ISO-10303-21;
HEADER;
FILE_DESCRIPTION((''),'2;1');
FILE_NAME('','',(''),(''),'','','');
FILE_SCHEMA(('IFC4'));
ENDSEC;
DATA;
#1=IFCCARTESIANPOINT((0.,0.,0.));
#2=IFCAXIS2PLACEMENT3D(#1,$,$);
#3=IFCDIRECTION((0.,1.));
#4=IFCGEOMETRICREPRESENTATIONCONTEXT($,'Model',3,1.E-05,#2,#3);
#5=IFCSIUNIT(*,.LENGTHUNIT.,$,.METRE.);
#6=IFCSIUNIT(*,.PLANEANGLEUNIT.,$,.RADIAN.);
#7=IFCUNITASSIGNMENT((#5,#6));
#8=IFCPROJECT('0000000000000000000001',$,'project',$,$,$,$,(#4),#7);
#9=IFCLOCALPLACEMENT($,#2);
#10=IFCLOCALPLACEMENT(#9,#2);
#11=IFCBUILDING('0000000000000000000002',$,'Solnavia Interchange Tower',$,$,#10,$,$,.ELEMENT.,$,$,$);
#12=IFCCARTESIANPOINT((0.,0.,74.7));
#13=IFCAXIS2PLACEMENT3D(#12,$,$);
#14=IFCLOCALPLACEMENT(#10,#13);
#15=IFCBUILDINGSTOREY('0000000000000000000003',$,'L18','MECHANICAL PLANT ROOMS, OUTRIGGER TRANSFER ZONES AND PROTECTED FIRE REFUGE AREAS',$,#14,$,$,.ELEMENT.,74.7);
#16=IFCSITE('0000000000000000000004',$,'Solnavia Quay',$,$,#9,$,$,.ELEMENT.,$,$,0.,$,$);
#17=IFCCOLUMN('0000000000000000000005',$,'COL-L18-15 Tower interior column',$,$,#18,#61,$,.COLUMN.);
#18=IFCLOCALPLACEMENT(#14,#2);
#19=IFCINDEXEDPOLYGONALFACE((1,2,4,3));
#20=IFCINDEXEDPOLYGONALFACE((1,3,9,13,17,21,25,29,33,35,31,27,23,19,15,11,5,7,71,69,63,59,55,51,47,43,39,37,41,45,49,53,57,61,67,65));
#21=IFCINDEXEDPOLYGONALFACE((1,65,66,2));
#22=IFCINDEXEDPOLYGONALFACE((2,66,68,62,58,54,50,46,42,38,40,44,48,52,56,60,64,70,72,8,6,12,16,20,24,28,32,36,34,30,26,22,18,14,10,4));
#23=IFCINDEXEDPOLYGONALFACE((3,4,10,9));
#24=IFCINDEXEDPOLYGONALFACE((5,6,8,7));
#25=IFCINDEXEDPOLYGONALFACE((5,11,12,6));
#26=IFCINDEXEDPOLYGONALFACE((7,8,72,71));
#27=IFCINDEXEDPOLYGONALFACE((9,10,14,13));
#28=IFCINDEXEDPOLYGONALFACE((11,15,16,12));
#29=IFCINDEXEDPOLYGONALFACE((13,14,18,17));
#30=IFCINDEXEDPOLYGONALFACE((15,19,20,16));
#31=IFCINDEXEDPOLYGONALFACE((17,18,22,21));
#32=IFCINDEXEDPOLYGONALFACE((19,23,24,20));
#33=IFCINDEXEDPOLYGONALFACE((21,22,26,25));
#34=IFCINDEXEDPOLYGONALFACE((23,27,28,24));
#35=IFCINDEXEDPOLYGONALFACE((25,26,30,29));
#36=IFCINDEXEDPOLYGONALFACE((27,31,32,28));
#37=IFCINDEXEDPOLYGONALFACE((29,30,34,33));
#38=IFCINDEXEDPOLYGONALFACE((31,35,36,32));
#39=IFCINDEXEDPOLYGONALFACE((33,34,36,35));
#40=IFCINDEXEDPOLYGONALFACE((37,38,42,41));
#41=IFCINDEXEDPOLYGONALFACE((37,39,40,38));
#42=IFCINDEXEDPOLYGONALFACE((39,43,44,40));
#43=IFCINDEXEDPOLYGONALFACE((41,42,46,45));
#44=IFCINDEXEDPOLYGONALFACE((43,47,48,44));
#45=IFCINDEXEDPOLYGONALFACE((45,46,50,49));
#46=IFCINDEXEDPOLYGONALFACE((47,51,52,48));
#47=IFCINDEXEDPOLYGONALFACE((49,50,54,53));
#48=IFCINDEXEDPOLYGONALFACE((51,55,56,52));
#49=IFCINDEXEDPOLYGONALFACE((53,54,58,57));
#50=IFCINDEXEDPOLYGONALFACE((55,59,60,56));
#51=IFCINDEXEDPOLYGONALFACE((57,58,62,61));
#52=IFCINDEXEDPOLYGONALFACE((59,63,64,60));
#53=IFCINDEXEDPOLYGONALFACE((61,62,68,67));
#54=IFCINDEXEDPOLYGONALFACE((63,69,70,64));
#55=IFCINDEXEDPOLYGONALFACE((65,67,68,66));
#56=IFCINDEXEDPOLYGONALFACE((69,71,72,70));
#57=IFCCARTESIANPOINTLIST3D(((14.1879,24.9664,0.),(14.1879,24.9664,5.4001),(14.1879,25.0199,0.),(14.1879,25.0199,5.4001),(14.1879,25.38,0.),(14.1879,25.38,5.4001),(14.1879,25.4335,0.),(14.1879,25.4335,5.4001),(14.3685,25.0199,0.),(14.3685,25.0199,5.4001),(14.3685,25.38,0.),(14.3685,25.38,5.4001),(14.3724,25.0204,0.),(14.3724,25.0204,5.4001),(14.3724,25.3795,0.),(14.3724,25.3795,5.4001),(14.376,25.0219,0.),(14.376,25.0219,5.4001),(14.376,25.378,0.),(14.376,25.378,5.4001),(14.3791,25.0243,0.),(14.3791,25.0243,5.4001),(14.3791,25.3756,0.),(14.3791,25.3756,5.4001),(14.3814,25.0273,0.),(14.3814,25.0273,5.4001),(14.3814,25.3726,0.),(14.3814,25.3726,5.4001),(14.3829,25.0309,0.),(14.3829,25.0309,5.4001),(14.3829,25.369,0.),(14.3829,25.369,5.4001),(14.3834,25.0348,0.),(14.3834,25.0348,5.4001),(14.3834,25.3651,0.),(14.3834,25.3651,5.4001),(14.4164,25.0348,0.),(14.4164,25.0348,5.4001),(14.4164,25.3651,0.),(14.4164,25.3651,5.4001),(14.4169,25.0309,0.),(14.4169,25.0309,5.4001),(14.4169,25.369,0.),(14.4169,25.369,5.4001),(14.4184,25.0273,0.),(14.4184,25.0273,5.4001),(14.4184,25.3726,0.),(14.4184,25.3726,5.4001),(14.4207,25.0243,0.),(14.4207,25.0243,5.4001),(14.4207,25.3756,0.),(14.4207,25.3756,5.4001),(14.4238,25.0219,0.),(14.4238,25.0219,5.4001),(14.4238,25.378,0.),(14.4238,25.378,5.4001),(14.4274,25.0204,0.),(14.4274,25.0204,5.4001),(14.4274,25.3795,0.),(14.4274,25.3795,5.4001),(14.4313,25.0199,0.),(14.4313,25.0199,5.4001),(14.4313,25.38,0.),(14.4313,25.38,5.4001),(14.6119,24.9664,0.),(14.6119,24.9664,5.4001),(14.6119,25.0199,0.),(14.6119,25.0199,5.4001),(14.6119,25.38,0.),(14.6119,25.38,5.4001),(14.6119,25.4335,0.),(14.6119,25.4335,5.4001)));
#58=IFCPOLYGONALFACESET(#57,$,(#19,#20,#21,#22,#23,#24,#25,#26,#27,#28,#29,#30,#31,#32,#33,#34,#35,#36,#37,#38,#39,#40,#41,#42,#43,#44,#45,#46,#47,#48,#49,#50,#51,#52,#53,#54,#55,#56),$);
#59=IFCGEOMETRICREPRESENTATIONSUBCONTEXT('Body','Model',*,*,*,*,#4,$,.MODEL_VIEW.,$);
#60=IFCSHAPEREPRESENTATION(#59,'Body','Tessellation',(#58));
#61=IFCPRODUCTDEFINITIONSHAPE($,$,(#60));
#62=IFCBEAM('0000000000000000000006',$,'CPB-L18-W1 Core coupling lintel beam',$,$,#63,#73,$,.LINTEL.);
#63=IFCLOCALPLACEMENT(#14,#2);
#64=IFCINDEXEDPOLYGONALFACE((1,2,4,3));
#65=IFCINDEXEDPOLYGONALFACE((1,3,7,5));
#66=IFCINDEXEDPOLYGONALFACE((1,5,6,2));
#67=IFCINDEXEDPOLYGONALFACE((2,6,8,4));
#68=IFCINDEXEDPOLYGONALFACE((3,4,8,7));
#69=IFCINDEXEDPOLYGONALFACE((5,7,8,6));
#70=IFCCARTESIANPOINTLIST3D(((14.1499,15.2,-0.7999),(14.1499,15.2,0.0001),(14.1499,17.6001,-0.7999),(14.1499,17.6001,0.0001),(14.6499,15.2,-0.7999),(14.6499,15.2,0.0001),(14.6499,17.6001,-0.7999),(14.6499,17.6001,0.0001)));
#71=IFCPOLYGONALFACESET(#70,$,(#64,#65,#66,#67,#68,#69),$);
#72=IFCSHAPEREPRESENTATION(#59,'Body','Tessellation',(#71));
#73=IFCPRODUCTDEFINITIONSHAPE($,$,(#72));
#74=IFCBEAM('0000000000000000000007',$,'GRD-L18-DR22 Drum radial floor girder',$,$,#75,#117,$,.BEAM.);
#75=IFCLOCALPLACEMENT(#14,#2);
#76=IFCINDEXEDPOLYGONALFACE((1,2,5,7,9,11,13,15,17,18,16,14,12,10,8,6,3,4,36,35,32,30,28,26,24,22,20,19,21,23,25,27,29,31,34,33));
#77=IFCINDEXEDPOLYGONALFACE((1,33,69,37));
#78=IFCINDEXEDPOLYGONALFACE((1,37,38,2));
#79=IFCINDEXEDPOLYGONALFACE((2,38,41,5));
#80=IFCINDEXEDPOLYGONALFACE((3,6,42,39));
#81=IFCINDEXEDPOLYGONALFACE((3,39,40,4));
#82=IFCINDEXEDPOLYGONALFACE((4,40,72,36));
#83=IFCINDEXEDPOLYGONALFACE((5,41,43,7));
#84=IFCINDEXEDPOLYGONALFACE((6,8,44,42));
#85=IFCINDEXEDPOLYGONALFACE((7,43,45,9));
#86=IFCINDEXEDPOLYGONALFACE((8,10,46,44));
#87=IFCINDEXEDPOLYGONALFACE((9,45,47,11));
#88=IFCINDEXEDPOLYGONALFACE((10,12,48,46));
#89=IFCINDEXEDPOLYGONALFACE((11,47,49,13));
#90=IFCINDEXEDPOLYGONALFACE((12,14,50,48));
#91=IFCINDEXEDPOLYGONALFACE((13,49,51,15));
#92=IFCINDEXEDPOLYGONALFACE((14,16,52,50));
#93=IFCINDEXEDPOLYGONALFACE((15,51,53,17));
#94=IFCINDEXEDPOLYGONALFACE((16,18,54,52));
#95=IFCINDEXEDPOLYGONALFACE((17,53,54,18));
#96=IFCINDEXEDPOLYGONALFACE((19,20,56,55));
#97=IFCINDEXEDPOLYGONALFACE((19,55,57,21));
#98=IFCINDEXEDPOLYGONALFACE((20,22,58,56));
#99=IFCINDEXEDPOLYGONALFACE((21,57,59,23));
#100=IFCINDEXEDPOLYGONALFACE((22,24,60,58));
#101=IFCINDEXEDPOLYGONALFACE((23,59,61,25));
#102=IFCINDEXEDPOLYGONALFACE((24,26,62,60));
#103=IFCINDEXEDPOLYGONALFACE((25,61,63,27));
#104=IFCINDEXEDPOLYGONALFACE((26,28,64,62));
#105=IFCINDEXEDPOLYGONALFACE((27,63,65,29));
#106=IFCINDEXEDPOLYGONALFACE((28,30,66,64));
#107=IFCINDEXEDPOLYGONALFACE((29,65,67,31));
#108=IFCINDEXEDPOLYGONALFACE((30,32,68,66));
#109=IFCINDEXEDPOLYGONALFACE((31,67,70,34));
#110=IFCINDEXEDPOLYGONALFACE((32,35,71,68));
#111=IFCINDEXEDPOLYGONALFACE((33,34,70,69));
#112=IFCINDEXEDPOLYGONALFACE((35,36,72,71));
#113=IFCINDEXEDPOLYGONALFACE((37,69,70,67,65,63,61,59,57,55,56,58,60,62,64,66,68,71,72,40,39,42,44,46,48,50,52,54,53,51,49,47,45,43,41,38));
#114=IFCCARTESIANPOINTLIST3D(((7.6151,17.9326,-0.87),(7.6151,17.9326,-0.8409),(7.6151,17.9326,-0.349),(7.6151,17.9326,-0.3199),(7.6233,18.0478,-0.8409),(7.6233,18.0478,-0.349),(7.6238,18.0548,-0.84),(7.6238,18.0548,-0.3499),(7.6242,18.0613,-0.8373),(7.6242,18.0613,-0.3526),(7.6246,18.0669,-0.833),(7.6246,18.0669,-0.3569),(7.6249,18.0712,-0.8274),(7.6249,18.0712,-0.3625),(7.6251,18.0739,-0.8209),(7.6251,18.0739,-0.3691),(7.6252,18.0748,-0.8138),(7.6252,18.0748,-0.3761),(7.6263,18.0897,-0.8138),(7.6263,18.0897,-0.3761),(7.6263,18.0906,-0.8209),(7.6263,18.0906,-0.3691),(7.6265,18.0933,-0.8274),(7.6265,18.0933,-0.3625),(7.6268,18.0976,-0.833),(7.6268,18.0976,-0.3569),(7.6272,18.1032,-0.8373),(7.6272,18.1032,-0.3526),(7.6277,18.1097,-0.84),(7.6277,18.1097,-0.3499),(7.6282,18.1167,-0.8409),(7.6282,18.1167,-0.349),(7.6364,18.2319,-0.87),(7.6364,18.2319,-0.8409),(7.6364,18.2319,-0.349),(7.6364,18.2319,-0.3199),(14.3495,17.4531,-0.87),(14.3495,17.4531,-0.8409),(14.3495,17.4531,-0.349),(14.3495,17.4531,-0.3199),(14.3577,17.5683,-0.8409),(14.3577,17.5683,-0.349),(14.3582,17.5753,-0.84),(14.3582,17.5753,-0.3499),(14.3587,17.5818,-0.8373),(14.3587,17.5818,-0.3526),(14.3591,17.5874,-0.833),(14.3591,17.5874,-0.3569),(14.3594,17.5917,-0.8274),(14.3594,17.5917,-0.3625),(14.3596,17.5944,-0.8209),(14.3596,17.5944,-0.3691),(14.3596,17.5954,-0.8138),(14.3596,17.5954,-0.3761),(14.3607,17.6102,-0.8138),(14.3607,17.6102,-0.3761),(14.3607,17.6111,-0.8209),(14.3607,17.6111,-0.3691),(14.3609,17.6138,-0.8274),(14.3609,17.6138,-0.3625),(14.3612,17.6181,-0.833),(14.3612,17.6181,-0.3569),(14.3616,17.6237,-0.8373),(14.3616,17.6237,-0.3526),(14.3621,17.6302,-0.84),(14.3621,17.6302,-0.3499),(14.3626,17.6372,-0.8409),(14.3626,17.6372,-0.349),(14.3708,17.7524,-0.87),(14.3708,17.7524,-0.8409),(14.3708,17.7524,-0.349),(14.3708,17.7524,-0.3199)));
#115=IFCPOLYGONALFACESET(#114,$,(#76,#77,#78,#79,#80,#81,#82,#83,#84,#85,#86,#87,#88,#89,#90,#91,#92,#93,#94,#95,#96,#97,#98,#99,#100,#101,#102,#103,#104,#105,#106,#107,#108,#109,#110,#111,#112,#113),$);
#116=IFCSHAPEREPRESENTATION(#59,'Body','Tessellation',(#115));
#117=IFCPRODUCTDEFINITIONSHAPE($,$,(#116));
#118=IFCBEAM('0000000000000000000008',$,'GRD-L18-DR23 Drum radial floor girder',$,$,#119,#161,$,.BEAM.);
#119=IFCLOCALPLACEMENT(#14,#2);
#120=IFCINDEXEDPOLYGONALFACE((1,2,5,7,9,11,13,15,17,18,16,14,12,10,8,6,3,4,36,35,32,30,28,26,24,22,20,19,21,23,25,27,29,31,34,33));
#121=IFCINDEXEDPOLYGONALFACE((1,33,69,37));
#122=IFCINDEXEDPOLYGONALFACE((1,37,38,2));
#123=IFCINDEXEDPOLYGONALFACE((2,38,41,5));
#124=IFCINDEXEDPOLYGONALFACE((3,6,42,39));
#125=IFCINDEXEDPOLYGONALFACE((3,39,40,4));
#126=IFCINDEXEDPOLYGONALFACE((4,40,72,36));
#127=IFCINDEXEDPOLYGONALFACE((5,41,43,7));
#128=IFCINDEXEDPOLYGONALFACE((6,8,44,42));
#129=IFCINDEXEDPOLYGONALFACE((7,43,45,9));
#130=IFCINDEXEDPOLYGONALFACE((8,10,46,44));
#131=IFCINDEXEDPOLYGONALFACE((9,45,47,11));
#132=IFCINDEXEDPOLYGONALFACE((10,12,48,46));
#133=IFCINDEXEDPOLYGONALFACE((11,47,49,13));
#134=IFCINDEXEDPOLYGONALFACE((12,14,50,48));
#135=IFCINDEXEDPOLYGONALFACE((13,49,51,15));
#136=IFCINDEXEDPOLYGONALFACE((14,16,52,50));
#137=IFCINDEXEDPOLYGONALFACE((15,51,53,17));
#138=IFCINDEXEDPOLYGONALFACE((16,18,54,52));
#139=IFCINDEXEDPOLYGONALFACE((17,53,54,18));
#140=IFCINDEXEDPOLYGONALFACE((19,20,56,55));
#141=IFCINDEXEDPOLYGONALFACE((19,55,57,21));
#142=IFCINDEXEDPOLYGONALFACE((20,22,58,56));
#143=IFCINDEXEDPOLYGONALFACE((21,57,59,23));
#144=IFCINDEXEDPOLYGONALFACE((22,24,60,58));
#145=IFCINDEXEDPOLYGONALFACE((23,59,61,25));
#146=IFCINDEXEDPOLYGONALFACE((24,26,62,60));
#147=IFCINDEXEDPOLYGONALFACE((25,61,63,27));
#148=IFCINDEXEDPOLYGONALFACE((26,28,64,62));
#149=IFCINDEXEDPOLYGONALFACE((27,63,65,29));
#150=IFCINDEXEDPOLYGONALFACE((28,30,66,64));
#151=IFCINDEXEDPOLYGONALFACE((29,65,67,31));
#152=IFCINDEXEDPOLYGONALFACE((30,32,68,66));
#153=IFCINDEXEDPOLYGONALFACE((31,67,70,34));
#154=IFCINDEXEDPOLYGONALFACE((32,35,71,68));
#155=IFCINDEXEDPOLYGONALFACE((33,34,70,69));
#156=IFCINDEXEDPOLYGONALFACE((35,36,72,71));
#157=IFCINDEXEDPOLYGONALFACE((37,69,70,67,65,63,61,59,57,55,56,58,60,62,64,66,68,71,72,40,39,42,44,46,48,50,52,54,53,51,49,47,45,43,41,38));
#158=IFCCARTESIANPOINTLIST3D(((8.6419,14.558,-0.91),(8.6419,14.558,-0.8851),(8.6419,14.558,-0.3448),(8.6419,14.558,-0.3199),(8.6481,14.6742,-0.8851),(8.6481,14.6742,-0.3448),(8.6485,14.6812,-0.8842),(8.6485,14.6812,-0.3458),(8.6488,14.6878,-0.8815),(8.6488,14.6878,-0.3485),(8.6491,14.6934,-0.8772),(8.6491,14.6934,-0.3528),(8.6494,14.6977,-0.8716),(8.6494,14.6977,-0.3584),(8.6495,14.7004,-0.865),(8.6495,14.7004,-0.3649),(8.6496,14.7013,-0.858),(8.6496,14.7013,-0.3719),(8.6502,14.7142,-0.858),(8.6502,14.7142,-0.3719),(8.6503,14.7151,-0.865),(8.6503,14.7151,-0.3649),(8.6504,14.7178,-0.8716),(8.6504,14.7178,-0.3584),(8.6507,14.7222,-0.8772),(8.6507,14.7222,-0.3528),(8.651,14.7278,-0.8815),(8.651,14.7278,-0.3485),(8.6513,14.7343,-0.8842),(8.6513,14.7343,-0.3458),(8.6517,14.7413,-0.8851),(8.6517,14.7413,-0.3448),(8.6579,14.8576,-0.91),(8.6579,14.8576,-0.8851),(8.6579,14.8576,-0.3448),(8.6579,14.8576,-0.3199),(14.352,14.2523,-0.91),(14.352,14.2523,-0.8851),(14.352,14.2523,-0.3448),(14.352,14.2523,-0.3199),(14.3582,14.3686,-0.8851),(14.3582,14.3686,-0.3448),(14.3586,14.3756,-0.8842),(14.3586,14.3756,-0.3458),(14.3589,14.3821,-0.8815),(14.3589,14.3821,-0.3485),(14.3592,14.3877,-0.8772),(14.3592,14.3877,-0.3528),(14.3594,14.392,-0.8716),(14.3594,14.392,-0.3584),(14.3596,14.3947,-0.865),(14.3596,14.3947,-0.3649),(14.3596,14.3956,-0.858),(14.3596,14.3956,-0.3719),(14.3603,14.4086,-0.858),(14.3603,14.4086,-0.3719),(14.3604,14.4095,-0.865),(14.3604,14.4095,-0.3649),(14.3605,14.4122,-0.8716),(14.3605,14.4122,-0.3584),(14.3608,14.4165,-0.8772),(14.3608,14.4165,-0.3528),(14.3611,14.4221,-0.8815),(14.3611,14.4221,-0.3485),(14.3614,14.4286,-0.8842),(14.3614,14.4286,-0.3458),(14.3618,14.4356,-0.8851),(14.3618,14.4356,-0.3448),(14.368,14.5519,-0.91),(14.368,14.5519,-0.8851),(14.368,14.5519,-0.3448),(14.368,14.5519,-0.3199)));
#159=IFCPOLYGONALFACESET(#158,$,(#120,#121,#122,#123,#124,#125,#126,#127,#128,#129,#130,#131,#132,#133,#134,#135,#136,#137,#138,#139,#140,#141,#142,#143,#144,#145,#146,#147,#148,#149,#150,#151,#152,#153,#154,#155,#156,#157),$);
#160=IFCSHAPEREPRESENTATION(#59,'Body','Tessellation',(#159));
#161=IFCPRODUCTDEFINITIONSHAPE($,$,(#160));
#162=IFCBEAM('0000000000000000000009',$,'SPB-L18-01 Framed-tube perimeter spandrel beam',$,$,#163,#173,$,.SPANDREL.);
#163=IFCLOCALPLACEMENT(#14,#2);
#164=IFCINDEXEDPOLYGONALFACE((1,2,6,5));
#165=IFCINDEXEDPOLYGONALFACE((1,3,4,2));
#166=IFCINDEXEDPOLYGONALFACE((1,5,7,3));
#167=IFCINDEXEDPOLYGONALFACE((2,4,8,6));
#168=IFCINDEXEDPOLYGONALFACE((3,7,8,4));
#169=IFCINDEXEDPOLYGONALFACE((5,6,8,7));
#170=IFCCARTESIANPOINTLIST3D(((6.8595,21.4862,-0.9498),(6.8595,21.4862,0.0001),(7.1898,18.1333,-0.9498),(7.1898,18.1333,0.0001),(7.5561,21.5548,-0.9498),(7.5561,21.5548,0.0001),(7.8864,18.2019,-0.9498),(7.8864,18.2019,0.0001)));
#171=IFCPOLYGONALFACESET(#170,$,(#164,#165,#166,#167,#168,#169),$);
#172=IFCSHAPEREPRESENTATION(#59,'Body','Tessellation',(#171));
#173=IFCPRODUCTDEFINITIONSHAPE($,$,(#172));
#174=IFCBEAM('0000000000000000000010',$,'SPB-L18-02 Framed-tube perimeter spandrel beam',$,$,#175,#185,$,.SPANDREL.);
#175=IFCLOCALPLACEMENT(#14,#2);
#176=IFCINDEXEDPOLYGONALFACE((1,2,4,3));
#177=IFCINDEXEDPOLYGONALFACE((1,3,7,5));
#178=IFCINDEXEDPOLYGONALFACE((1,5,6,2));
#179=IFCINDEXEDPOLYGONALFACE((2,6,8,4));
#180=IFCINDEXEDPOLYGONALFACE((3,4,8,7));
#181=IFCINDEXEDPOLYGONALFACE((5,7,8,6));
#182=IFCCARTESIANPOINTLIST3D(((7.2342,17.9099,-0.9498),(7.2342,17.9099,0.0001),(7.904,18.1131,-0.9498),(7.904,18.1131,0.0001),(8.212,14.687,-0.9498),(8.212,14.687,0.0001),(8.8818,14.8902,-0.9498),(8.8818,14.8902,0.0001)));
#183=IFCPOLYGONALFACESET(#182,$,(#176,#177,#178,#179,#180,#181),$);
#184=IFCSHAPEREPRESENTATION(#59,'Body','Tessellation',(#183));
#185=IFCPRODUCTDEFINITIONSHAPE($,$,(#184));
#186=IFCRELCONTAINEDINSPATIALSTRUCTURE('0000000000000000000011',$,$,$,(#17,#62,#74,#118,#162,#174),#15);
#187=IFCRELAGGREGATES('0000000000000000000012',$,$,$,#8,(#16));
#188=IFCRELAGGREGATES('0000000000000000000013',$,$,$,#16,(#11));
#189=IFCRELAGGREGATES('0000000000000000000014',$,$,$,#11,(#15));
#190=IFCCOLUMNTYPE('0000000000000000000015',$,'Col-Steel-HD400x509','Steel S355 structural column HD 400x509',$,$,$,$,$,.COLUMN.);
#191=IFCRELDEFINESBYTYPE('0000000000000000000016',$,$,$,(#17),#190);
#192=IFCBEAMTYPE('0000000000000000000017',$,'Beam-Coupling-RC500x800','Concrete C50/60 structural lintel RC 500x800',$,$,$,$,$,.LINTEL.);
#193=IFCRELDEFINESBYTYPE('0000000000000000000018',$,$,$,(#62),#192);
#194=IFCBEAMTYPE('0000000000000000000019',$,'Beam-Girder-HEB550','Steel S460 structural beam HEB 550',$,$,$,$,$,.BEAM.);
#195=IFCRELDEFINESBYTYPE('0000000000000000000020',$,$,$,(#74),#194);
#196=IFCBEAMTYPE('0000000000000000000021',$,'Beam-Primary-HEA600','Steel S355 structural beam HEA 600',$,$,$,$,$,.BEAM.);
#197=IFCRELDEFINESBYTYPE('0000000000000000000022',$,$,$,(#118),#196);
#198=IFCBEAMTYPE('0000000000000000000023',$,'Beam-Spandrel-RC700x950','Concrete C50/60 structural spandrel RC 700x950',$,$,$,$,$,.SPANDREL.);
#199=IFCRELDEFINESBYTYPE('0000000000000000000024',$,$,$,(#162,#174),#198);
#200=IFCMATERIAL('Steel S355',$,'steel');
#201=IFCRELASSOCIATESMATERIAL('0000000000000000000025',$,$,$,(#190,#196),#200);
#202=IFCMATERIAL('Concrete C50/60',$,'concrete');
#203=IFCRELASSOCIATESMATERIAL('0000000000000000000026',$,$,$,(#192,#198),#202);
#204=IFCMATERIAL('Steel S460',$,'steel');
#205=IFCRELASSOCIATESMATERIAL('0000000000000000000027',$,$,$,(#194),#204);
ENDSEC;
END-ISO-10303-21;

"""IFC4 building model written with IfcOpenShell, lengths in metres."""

from ifc_helpers import new_model, si_unit, direction, frame, origin, origin_2d, place, context, subcontext, project, spatial, rectangle, i_section, extrude, material, material_profile, profile_set, type_object, element, save


model = new_model("IFC4")

# Units and contexts
model_context = context("Model", 3, precision=1e-05, world=origin(), true_north=direction((0.0, 1.0)))
body_context = subcontext(model_context, "Body", "Model", "MODEL_VIEW")
ifc_project = project(units=[si_unit("LENGTHUNIT", "METRE"), si_unit("PLANEANGLEUNIT", "RADIAN")], contexts=[model_context])

# Site, building, storey
site_placement = place(None, origin())
site = spatial("IfcSite", under=ifc_project, at=site_placement, Name="Solnavia Quay", CompositionType="ELEMENT", RefElevation=0.0)
building_placement = place(site_placement, origin())
building = spatial("IfcBuilding", under=site, at=building_placement, Name="Solnavia Interchange Tower", CompositionType="ELEMENT")
storey_placement = place(building_placement, frame((0.0, 0.0, 74.7)))
storey = spatial("IfcBuildingStorey", under=building, at=storey_placement, Name="L18", Description="MECHANICAL PLANT ROOMS, OUTRIGGER TRANSFER ZONES AND PROTECTED FIRE REFUGE AREAS", CompositionType="ELEMENT", Elevation=74.7)

# Column
ifc_material_1 = material(Name="Steel S355", Category="steel")
ifc_material_profile_1 = material_profile(ifc_material_1, i_section(OverallWidth=0.4241, OverallDepth=0.467, WebThickness=0.033, FlangeThickness=0.0535, FilletRadius=0.0149, at=origin_2d()), Name="HD 400x509")
ifc_profile_set_1 = profile_set([ifc_material_profile_1], Name="Steel S355")
column_type_1 = type_object("IfcColumnType", Name="Col-Steel-HD400x509", Description="Steel S355 structural column HD 400x509", PredefinedType="COLUMN", material=ifc_profile_set_1)
column_1_placement = place(storey_placement, frame((14.3999, 25.2, 0.0), z_axis=(0.0, 0.0, 1.0), x_axis=(1.0, 0.0, 0.0)))
element("IfcColumn", 1, at=column_1_placement, inside=storey, type_object=column_type_1, Name="COL-L18-15 Tower interior column", PredefinedType="COLUMN", context=body_context, shape_type="SweptSolid", body=[
    extrude(i_section(OverallWidth=0.4241, OverallDepth=0.467, WebThickness=0.033, FlangeThickness=0.0535, FilletRadius=0.0149, at=origin_2d()), origin(), (0.0, 0.0, 1.0), 5.4001),
])

# Beams
ifc_material_2 = material(Name="Concrete C50/60", Category="concrete")
ifc_material_profile_2 = material_profile(ifc_material_2, rectangle(XDim=0.5, YDim=0.8, at=origin_2d()), Name="RC 500x800")
ifc_profile_set_2 = profile_set([ifc_material_profile_2], Name="Concrete C50/60")
beam_type_1 = type_object("IfcBeamType", Name="Beam-Coupling-RC500x800", Description="Concrete C50/60 structural lintel RC 500x800", PredefinedType="LINTEL", material=ifc_profile_set_2)
beam_1_placement = place(storey_placement, frame((14.3999, 15.2, -0.3999), z_axis=(0.0, 1.0, 0.0), x_axis=(-1.0, 0.0, 0.0)))
element("IfcBeam", 2, at=beam_1_placement, inside=storey, type_object=beam_type_1, Name="CPB-L18-W1 Core coupling lintel beam", PredefinedType="LINTEL", context=body_context, shape_type="SweptSolid", body=[
    extrude(rectangle(XDim=0.5, YDim=0.8, at=origin_2d()), origin(), (0.0, 0.0, 1.0), 2.4001),
])
ifc_material_3 = material(Name="Steel S460", Category="steel")
ifc_material_profile_3 = material_profile(ifc_material_3, i_section(OverallWidth=0.3, OverallDepth=0.55, WebThickness=0.0149, FlangeThickness=0.0291, FilletRadius=0.0271, at=origin_2d()), Name="HEB 550")
ifc_profile_set_3 = profile_set([ifc_material_profile_3], Name="Steel S460")
beam_type_2 = type_object("IfcBeamType", Name="Beam-Girder-HEB550", Description="Steel S460 structural beam HEB 550", PredefinedType="BEAM", material=ifc_profile_set_3)
beam_2_placement = place(storey_placement, frame((7.6257, 18.0823, -0.595), z_axis=(0.997475, -0.071021, 0.0), x_axis=(0.071021, 0.997475, 0.0)))
element("IfcBeam", 3, at=beam_2_placement, inside=storey, type_object=beam_type_2, Name="GRD-L18-DR22 Drum radial floor girder", PredefinedType="BEAM", context=body_context, shape_type="SweptSolid", body=[
    extrude(i_section(OverallWidth=0.3, OverallDepth=0.55, WebThickness=0.0149, FlangeThickness=0.0291, FilletRadius=0.0271, at=origin_2d()), origin(), (0.0, 0.0, 1.0), 6.7515),
])
ifc_material_profile_4 = material_profile(ifc_material_1, i_section(OverallWidth=0.3, OverallDepth=0.5901, WebThickness=0.0129, FlangeThickness=0.0249, FilletRadius=0.0271, at=origin_2d()), Name="HEA 600")
ifc_profile_set_4 = profile_set([ifc_material_profile_4], Name="Steel S355")
beam_type_3 = type_object("IfcBeamType", Name="Beam-Primary-HEA600", Description="Steel S355 structural beam HEA 600", PredefinedType="BEAM", material=ifc_profile_set_4)
beam_3_placement = place(storey_placement, frame((8.6499, 14.7078, -0.615), z_axis=(0.99857, -0.053453, 0.0), x_axis=(0.053453, 0.99857, 0.0)))
element("IfcBeam", 4, at=beam_3_placement, inside=storey, type_object=beam_type_3, Name="GRD-L18-DR23 Drum radial floor girder", PredefinedType="BEAM", context=body_context, shape_type="SweptSolid", body=[
    extrude(i_section(OverallWidth=0.3, OverallDepth=0.5901, WebThickness=0.0129, FlangeThickness=0.0249, FilletRadius=0.0271, at=origin_2d()), origin(), (0.0, 0.0, 1.0), 5.7183),
])
ifc_material_profile_5 = material_profile(ifc_material_2, rectangle(XDim=0.7, YDim=0.95, at=origin_2d()), Name="RC 700x950")
ifc_profile_set_5 = profile_set([ifc_material_profile_5], Name="Concrete C50/60")
beam_type_4 = type_object("IfcBeamType", Name="Beam-Spandrel-RC700x950", Description="Concrete C50/60 structural spandrel RC 700x950", PredefinedType="SPANDREL", material=ifc_profile_set_5)
beam_4_placement = place(storey_placement, frame((7.2078, 21.5205, -0.4749), z_axis=(0.09804, -0.995182, 0.0), x_axis=(0.995182, 0.09804, 0.0)))
element("IfcBeam", 5, at=beam_4_placement, inside=storey, type_object=beam_type_4, Name="SPB-L18-01 Framed-tube perimeter spandrel beam", PredefinedType="SPANDREL", context=body_context, shape_type="SweptSolid", body=[
    extrude(rectangle(XDim=0.7, YDim=0.95, at=origin_2d()), origin(), (0.0, 0.0, 1.0), 3.3691),
])
beam_5_placement = place(storey_placement, frame((7.5691, 18.0115, -0.4749), z_axis=(0.290319, -0.95693, 0.0), x_axis=(0.95693, 0.290319, 0.0)))
element("IfcBeam", 6, at=beam_5_placement, inside=storey, type_object=beam_type_4, Name="SPB-L18-02 Framed-tube perimeter spandrel beam", PredefinedType="SPANDREL", context=body_context, shape_type="SweptSolid", body=[
    extrude(rectangle(XDim=0.7, YDim=0.95, at=origin_2d()), origin(), (0.0, 0.0, 1.0), 3.3679),
])

save(model, "model.ifc")
